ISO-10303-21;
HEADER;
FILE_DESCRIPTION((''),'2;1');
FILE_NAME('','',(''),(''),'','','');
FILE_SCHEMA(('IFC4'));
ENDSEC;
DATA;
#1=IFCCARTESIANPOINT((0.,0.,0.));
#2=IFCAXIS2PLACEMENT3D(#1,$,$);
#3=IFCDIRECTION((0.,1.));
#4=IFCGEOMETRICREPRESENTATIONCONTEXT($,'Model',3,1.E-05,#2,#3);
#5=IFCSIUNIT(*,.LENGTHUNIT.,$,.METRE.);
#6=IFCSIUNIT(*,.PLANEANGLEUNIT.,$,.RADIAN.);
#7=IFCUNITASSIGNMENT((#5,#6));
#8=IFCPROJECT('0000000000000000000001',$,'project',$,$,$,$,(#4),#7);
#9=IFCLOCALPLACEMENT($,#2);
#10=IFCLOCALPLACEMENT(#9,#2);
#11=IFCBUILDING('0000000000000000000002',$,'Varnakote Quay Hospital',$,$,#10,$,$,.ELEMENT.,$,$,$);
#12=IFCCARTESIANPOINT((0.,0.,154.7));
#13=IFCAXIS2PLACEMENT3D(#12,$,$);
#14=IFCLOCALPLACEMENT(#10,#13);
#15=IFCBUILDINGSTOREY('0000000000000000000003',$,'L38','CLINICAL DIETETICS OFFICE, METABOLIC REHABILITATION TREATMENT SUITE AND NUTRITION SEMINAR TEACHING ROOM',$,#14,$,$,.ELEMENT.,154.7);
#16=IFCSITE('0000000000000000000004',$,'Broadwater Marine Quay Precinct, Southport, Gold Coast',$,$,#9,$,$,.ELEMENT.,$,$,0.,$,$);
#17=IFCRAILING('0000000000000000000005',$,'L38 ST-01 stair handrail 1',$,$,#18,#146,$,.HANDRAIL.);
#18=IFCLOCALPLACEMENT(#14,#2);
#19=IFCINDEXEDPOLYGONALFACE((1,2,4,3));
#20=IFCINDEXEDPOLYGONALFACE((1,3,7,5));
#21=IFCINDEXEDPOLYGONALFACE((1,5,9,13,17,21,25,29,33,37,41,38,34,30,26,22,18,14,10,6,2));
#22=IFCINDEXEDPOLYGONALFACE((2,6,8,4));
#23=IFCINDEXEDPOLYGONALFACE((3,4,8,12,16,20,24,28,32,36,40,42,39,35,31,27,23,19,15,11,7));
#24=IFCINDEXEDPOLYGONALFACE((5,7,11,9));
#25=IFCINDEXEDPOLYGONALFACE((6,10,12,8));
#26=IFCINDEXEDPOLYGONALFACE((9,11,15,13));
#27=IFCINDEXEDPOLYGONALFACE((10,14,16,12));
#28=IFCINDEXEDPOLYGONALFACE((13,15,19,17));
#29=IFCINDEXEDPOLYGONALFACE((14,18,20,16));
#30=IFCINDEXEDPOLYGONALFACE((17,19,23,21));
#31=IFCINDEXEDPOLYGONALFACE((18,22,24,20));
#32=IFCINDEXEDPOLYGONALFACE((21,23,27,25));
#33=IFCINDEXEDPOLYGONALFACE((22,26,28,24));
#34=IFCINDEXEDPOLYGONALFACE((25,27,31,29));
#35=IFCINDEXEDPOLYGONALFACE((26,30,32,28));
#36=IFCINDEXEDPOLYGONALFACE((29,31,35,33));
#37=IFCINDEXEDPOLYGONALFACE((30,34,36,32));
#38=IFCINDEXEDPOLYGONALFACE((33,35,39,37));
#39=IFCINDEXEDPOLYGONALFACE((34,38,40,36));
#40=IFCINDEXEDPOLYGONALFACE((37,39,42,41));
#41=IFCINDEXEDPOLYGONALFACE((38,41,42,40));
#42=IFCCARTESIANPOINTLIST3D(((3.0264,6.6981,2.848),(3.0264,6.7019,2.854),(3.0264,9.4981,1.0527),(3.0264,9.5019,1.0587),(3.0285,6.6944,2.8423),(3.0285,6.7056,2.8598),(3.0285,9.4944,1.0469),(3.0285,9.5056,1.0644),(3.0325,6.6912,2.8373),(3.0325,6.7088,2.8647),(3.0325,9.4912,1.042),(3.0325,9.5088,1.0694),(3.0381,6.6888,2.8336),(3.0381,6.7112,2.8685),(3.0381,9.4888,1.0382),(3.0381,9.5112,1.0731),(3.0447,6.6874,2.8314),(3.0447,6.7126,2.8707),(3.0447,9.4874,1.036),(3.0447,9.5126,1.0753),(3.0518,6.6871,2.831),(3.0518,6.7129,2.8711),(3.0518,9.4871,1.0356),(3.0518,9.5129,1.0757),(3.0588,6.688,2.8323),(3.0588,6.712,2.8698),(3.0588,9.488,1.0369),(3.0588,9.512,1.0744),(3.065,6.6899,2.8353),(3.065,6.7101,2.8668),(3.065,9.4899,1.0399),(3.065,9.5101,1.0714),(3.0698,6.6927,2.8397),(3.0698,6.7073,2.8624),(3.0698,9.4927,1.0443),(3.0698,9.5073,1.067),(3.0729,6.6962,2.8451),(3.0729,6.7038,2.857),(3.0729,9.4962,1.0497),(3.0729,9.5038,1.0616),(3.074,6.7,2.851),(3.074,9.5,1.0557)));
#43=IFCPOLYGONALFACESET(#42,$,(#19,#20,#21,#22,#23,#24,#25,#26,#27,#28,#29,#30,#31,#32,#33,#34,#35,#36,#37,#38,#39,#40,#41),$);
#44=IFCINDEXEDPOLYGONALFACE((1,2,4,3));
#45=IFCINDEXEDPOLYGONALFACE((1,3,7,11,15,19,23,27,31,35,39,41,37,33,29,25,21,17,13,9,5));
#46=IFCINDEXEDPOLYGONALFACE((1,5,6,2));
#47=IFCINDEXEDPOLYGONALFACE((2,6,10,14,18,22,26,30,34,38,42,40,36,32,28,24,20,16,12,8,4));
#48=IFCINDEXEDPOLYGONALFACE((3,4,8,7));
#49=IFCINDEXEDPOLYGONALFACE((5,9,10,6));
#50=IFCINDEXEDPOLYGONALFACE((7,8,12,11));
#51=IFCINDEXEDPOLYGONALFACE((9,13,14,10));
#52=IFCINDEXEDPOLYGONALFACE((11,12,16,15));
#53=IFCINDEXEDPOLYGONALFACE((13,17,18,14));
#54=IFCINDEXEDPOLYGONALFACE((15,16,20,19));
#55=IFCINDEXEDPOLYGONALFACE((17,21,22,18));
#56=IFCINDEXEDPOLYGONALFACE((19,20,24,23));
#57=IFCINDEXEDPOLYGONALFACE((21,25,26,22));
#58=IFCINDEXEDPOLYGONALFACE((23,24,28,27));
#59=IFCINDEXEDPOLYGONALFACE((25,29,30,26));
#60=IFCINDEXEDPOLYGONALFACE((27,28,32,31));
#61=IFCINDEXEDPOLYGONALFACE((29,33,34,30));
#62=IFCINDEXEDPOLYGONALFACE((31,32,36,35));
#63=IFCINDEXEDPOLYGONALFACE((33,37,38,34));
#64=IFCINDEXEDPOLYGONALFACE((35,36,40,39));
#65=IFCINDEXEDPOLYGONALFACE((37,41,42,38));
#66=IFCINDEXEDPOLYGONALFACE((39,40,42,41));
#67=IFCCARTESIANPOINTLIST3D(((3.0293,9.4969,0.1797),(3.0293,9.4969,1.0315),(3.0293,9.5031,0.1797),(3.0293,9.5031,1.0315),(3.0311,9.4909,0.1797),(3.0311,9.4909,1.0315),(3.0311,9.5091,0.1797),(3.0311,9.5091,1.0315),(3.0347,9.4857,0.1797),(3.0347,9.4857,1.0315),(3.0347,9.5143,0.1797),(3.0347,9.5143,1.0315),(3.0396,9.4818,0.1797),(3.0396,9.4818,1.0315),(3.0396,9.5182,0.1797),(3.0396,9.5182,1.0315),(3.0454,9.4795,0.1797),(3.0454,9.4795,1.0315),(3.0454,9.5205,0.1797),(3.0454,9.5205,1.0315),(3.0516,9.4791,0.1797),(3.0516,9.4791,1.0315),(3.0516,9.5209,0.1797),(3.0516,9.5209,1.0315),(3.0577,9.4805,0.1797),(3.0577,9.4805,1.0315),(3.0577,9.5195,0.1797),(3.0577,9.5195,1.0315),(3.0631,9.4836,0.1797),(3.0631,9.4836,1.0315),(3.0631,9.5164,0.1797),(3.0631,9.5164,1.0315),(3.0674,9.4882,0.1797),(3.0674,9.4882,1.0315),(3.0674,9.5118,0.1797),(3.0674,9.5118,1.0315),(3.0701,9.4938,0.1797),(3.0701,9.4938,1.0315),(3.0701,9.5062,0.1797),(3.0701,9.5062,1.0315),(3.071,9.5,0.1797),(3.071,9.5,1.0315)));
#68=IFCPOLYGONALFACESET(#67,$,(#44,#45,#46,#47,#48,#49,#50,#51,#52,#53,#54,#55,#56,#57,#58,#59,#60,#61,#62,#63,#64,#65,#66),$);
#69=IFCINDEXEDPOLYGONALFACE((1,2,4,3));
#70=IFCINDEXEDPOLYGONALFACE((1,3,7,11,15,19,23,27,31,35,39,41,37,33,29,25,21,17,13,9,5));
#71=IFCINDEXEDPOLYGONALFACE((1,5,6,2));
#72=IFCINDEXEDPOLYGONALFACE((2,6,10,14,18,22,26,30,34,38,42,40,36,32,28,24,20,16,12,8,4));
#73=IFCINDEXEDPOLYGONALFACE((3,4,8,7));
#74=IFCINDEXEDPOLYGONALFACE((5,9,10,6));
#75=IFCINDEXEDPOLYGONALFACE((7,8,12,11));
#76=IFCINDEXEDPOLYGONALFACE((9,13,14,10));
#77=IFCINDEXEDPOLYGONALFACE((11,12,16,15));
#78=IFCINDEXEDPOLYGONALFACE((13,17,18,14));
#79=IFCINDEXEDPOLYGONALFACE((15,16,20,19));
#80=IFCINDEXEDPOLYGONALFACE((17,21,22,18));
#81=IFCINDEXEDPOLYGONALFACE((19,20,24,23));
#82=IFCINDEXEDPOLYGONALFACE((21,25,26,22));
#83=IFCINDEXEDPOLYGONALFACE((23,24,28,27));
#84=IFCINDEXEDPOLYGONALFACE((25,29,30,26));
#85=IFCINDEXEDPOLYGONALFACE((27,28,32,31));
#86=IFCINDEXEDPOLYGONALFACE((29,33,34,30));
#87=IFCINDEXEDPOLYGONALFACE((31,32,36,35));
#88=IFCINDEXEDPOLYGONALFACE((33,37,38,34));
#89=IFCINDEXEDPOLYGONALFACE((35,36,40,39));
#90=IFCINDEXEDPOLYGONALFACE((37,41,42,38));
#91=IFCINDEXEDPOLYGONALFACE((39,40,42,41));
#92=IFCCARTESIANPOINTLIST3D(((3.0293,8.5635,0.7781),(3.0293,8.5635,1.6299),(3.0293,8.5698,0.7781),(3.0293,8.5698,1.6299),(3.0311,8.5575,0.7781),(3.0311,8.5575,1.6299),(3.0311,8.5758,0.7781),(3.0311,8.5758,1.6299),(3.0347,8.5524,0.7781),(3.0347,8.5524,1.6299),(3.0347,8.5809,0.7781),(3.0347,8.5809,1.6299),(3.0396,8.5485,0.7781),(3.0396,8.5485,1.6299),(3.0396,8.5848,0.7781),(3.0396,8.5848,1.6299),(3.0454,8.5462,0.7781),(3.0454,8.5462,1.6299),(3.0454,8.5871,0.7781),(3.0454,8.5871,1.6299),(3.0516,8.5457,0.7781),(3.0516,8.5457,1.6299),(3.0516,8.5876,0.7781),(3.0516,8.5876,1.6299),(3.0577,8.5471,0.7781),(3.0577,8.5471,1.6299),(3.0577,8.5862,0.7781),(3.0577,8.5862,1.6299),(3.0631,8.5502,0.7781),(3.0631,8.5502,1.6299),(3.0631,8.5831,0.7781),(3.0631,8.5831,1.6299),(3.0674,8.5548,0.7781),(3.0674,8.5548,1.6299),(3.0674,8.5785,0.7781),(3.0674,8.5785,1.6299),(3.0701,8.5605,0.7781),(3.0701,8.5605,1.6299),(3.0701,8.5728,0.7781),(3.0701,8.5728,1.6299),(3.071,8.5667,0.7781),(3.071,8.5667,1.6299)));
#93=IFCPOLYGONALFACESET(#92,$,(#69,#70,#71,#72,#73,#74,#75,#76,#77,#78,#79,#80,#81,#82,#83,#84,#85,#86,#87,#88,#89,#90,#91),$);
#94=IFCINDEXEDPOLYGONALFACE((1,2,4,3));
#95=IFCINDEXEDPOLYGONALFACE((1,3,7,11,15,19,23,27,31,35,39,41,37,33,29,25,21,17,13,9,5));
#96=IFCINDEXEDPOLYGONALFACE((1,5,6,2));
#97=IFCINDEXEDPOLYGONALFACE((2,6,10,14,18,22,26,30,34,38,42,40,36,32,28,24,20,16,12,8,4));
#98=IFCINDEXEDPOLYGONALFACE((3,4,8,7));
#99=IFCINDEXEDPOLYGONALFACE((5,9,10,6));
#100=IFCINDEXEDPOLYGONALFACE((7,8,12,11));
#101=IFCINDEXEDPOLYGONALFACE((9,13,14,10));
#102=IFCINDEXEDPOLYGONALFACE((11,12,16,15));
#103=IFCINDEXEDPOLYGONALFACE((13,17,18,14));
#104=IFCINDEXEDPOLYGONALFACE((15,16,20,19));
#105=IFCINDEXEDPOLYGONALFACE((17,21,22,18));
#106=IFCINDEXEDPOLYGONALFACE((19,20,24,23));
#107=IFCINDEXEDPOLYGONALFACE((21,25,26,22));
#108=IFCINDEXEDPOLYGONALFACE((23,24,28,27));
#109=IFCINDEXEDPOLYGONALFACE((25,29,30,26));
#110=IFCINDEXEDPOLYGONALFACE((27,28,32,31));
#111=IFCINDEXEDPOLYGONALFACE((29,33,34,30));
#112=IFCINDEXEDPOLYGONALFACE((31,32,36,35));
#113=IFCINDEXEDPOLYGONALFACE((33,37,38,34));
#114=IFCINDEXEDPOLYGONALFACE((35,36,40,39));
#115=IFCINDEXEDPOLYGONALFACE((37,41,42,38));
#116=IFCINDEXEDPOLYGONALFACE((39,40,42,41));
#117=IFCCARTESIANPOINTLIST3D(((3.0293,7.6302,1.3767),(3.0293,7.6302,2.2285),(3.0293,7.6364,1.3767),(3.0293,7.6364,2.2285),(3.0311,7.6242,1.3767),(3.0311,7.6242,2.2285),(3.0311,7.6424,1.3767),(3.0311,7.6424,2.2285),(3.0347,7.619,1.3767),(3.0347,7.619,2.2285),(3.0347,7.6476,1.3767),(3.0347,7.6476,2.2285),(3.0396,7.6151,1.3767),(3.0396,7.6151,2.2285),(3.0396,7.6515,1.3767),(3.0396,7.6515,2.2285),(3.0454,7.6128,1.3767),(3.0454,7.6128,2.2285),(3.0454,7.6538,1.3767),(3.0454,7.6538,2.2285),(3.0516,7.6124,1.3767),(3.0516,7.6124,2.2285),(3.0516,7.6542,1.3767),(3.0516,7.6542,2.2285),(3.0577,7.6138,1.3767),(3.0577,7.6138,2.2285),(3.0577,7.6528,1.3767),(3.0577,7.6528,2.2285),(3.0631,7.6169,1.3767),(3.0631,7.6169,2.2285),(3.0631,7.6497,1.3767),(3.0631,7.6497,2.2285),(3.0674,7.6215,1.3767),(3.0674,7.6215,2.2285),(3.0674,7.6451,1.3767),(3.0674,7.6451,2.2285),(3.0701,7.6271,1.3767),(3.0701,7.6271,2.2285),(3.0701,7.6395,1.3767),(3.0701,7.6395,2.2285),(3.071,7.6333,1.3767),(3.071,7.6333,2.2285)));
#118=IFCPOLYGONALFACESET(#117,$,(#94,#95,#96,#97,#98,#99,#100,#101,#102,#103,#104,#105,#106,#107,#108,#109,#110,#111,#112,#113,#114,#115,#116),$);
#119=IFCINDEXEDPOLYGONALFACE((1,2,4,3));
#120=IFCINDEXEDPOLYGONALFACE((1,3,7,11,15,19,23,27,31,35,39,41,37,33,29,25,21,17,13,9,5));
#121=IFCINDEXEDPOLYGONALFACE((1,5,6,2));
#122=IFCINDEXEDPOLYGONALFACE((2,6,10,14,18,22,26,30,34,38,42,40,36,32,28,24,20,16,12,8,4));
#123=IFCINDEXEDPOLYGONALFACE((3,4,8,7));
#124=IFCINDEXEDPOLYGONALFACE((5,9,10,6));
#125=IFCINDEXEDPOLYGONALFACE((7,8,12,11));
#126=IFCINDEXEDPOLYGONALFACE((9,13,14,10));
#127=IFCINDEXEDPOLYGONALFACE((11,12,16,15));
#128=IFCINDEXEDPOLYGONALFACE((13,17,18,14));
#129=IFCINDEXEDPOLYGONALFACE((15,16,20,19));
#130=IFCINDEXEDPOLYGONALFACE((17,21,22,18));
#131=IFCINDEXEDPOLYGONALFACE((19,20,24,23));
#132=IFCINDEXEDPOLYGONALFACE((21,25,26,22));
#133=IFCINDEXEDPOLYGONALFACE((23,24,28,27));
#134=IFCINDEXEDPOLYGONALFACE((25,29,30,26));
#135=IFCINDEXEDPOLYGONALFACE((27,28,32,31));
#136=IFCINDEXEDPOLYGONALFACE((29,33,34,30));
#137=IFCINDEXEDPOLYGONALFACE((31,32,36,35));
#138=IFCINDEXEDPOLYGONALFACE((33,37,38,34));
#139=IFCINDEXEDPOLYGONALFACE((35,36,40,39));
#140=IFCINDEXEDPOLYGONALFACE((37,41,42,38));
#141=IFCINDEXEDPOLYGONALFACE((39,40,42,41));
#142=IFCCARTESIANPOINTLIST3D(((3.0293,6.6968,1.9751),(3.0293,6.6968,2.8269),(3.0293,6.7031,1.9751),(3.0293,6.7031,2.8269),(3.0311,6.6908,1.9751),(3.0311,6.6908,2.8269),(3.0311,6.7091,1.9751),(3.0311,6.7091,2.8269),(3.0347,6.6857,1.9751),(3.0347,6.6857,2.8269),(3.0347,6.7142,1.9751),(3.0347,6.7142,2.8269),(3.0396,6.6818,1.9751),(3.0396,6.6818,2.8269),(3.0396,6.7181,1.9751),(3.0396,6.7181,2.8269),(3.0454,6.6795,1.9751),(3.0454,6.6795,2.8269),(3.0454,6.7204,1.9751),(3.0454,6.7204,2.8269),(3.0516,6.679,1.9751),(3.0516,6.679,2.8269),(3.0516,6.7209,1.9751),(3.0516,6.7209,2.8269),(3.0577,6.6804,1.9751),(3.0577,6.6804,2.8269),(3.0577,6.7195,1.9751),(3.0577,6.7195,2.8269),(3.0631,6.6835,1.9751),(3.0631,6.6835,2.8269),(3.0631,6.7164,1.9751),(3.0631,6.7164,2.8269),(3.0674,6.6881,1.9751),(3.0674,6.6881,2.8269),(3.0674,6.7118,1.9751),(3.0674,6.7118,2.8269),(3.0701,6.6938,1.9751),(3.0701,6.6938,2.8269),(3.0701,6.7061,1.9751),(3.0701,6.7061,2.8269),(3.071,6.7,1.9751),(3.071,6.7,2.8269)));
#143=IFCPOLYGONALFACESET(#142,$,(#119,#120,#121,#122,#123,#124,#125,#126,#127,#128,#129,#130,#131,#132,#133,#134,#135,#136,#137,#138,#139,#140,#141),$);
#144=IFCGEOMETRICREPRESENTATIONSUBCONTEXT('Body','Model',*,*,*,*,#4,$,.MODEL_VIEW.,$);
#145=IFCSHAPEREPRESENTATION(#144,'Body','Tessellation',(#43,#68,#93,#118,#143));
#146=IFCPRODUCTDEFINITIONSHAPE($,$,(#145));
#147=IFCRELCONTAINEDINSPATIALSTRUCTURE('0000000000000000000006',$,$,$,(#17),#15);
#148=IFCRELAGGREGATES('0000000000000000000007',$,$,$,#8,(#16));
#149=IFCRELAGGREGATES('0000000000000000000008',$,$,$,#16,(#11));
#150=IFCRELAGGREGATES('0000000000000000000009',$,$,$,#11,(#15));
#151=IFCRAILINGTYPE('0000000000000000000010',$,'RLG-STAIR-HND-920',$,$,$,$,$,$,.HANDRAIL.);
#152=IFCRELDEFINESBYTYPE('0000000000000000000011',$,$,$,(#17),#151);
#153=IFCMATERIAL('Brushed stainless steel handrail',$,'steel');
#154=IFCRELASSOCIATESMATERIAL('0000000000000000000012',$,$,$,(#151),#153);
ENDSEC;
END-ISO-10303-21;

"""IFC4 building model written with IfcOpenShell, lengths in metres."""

from ifc_helpers import new_model, si_unit, direction, frame, origin, origin_2d, place, context, subcontext, project, spatial, circle, extrude, material, type_object, element, save


model = new_model("IFC4")

# Units and contexts
model_context = context("Model", 3, precision=1e-05, world=origin(), true_north=direction((0.0, 1.0)))
body_context = subcontext(model_context, "Body", "Model", "MODEL_VIEW")
ifc_project = project(units=[si_unit("LENGTHUNIT", "METRE"), si_unit("PLANEANGLEUNIT", "RADIAN")], contexts=[model_context])

# Site, building, storey
site_placement = place(None, origin())
site = spatial("IfcSite", under=ifc_project, at=site_placement, Name="Broadwater Marine Quay Precinct, Southport, Gold Coast", CompositionType="ELEMENT", RefElevation=0.0)
building_placement = place(site_placement, origin())
building = spatial("IfcBuilding", under=site, at=building_placement, Name="Varnakote Quay Hospital", CompositionType="ELEMENT")
storey_placement = place(building_placement, frame((0.0, 0.0, 154.7)))
storey = spatial("IfcBuildingStorey", under=building, at=storey_placement, Name="L38", Description="CLINICAL DIETETICS OFFICE, METABOLIC REHABILITATION TREATMENT SUITE AND NUTRITION SEMINAR TEACHING ROOM", CompositionType="ELEMENT", Elevation=154.7)

# Railing
ifc_material_1 = material(Name="Brushed stainless steel handrail", Category="steel")
railing_type_1 = type_object("IfcRailingType", Name="RLG-STAIR-HND-920", PredefinedType="HANDRAIL", material=ifc_material_1)
railing_1_placement = place(storey_placement, frame((3.05, 9.5, 0.1797)))
element("IfcRailing", 1, at=railing_1_placement, inside=storey, type_object=railing_type_1, Name="L38 ST-01 stair handrail 1", PredefinedType="HANDRAIL", context=body_context, shape_type="SweptSolid", body=[
    extrude(circle(Radius=0.0239, at=origin_2d()), frame((0.0, 0.0, 0.876), z_axis=(0.0, -0.84181, 0.539774), x_axis=(1.0, 0.0, 0.0)), (0.0, 0.0, 1.0), 3.3262),
    extrude(circle(Radius=0.021, at=origin_2d()), origin(), (0.0, 0.0, 1.0), 0.8518),
    extrude(circle(Radius=0.021, at=origin_2d()), frame((0.0, -0.9333, 0.5984)), (0.0, 0.0, 1.0), 0.8518),
    extrude(circle(Radius=0.021, at=origin_2d()), frame((0.0, -1.8667, 1.197)), (0.0, 0.0, 1.0), 0.8518),
    extrude(circle(Radius=0.021, at=origin_2d()), frame((0.0, -2.8, 1.7954)), (0.0, 0.0, 1.0), 0.8518),
])

save(model, "model.ifc")
